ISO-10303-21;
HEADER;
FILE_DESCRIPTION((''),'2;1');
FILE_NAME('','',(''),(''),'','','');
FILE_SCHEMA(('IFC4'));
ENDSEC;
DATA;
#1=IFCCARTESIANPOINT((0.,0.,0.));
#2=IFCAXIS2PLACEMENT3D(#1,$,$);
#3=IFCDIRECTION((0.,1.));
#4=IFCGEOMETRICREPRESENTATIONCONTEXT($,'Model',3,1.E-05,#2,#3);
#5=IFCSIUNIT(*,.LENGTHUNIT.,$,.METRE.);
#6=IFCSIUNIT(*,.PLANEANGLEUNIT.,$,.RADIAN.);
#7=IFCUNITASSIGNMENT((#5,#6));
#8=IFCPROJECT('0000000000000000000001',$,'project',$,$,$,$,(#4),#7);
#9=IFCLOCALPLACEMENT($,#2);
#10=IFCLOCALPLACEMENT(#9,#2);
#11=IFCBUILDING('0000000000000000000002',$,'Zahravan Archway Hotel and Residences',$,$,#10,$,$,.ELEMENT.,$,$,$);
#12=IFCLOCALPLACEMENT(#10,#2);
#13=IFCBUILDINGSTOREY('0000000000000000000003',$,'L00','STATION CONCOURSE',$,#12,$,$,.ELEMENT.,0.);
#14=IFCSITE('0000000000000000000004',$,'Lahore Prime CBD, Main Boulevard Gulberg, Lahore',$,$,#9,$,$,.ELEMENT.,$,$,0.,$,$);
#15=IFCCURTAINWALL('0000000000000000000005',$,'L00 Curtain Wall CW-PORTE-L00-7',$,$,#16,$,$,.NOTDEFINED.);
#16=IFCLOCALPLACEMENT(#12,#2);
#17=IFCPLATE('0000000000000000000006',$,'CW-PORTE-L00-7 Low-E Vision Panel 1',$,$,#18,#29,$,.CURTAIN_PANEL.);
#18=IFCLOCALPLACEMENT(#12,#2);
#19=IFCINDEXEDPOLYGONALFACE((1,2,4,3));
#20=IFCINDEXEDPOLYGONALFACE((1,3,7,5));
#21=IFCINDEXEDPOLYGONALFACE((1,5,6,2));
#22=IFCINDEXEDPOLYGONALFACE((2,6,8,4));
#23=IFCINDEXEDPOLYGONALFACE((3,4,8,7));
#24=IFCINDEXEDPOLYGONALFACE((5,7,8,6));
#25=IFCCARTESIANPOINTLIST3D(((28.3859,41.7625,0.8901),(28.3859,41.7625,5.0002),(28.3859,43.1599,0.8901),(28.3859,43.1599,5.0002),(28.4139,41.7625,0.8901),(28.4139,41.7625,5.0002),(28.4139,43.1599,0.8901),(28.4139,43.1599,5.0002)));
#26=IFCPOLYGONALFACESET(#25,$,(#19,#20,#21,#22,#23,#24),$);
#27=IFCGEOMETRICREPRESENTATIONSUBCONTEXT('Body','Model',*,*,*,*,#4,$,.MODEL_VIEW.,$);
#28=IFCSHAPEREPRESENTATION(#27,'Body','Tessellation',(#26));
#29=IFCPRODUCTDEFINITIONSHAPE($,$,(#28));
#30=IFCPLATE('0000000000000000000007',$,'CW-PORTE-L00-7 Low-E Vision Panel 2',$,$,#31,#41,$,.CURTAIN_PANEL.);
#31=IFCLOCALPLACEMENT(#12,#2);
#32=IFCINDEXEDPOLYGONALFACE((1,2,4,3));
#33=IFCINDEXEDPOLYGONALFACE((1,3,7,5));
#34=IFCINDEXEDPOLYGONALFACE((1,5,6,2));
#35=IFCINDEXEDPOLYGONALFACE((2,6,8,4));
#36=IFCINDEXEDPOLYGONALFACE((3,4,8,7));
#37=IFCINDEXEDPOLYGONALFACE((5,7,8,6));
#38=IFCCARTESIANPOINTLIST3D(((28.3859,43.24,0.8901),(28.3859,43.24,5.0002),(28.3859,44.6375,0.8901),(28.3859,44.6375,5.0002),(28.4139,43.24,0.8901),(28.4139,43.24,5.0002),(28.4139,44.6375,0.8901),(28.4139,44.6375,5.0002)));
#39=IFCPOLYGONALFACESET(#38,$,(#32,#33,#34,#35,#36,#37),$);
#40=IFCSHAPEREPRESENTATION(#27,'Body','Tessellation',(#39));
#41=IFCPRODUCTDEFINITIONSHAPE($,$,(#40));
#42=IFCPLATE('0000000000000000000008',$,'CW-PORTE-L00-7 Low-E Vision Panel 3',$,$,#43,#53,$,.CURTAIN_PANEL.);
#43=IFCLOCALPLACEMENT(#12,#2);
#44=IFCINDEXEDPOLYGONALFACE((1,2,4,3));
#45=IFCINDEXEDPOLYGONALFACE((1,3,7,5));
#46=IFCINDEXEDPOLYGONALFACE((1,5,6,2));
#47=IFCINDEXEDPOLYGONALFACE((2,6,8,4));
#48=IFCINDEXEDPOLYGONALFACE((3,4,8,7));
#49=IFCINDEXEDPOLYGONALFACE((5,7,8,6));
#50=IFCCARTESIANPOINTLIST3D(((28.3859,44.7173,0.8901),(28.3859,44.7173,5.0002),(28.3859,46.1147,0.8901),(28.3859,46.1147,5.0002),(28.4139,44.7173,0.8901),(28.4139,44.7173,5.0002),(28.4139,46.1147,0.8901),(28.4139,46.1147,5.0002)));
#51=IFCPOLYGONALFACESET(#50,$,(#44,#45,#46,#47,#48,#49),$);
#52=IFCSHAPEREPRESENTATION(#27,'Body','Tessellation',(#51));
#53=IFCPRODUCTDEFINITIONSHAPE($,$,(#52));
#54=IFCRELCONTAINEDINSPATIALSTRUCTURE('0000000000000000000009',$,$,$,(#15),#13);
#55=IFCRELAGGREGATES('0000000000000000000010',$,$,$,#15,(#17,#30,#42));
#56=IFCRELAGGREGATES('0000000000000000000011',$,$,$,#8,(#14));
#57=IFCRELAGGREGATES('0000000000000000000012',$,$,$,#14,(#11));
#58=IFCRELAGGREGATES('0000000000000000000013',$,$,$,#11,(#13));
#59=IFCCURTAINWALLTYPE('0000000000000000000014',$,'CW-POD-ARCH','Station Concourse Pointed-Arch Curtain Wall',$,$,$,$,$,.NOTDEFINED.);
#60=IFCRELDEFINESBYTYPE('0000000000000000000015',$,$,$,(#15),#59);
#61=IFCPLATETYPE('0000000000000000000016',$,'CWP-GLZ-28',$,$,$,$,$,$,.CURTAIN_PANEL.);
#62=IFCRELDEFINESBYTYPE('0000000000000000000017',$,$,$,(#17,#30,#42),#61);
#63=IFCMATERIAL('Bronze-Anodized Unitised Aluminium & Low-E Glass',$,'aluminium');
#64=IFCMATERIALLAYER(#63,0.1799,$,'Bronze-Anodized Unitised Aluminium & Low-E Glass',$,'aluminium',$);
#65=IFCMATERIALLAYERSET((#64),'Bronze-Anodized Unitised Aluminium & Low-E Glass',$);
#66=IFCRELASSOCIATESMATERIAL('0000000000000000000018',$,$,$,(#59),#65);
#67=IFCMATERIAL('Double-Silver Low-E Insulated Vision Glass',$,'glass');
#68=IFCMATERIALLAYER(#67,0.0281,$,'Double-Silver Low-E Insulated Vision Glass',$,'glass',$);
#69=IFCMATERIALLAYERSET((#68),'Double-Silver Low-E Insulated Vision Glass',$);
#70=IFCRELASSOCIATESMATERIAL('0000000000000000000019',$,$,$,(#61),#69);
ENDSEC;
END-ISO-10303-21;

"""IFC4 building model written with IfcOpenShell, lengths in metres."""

from ifc_helpers import new_model, si_unit, direction, frame, origin, origin_2d, place, context, subcontext, project, spatial, rectangle, extrude, source, transform, mapped, material, layer, layer_set, type_object, element, aggregate, save


model = new_model("IFC4")

# Units and contexts
model_context = context("Model", 3, precision=1e-05, world=origin(), true_north=direction((0.0, 1.0)))
body_context = subcontext(model_context, "Body", "Model", "MODEL_VIEW")
ifc_project = project(units=[si_unit("LENGTHUNIT", "METRE"), si_unit("PLANEANGLEUNIT", "RADIAN")], contexts=[model_context])

# Site, building, storey
site_placement = place(None, origin())
site = spatial("IfcSite", under=ifc_project, at=site_placement, Name="Lahore Prime CBD, Main Boulevard Gulberg, Lahore", CompositionType="ELEMENT", RefElevation=0.0)
building_placement = place(site_placement, origin())
building = spatial("IfcBuilding", under=site, at=building_placement, Name="Zahravan Archway Hotel and Residences", CompositionType="ELEMENT")
storey_placement = place(building_placement, origin())
storey = spatial("IfcBuildingStorey", under=building, at=storey_placement, Name="L00", Description="STATION CONCOURSE", CompositionType="ELEMENT", Elevation=0.0)

# Curtain wall
ifc_material_1 = material(Name="Bronze-Anodized Unitised Aluminium & Low-E Glass", Category="aluminium")
ifc_layer_1 = layer(ifc_material_1, 0.1799, Name="Bronze-Anodized Unitised Aluminium & Low-E Glass", Category="aluminium")
ifc_layer_set_1 = layer_set([ifc_layer_1], Name="Bronze-Anodized Unitised Aluminium & Low-E Glass")
curtain_wall_type = type_object("IfcCurtainWallType", Name="CW-POD-ARCH", Description="Station Concourse Pointed-Arch Curtain Wall", PredefinedType="NOTDEFINED", material=ifc_layer_set_1)
curtain_wall_1_placement = place(storey_placement, origin())
curtain_wall_1 = element("IfcCurtainWall", 1, at=curtain_wall_1_placement, inside=storey, type_object=curtain_wall_type, Name="L00 Curtain Wall CW-PORTE-L00-7", PredefinedType="NOTDEFINED")

# Plates
ifc_material_2 = material(Name="Double-Silver Low-E Insulated Vision Glass", Category="glass")
ifc_layer_2 = layer(ifc_material_2, 0.0281, Name="Double-Silver Low-E Insulated Vision Glass", Category="glass")
ifc_layer_set_2 = layer_set([ifc_layer_2], Name="Double-Silver Low-E Insulated Vision Glass")
plate_type_1 = type_object("IfcPlateType", Name="CWP-GLZ-28", PredefinedType="CURTAIN_PANEL", material=ifc_layer_set_2)
shared_shape_1 = source(origin(), body_context, "Body", "SweptSolid", [
    extrude(rectangle(XDim=1.3975, YDim=0.0281, at=origin_2d()), origin(), (0.0, 0.0, 1.0), 4.1101),
])
plate_1_placement = place(storey_placement, frame((28.3999, 42.4612, 0.8901), z_axis=(0.0, 0.0, 1.0), x_axis=(0.0, 1.0, 0.0)))
plate_1 = element("IfcPlate", 2, at=plate_1_placement, type_object=plate_type_1, Name="CW-PORTE-L00-7 Low-E Vision Panel 1", PredefinedType="CURTAIN_PANEL", context=body_context, shape_type="MappedRepresentation", body=[
    mapped(shared_shape_1, transform((0.0, 0.0, 0.0), scale=1.0)),
])
plate_2_placement = place(storey_placement, frame((28.3999, 43.9387, 0.8901), z_axis=(0.0, 0.0, 1.0), x_axis=(0.0, 1.0, 0.0)))
plate_2 = element("IfcPlate", 3, at=plate_2_placement, type_object=plate_type_1, Name="CW-PORTE-L00-7 Low-E Vision Panel 2", PredefinedType="CURTAIN_PANEL", context=body_context, shape_type="MappedRepresentation", body=[
    mapped(shared_shape_1, transform((0.0, 0.0, 0.0), scale=1.0)),
])
plate_3_placement = place(storey_placement, frame((28.3999, 45.416, 0.8901), z_axis=(0.0, 0.0, 1.0), x_axis=(0.0, 1.0, 0.0)))
plate_3 = element("IfcPlate", 4, at=plate_3_placement, type_object=plate_type_1, Name="CW-PORTE-L00-7 Low-E Vision Panel 3", PredefinedType="CURTAIN_PANEL", context=body_context, shape_type="MappedRepresentation", body=[
    mapped(shared_shape_1, transform((0.0, 0.0, 0.0), scale=1.0)),
])
aggregate(curtain_wall_1, [plate_1, plate_2, plate_3])

save(model, "model.ifc")
